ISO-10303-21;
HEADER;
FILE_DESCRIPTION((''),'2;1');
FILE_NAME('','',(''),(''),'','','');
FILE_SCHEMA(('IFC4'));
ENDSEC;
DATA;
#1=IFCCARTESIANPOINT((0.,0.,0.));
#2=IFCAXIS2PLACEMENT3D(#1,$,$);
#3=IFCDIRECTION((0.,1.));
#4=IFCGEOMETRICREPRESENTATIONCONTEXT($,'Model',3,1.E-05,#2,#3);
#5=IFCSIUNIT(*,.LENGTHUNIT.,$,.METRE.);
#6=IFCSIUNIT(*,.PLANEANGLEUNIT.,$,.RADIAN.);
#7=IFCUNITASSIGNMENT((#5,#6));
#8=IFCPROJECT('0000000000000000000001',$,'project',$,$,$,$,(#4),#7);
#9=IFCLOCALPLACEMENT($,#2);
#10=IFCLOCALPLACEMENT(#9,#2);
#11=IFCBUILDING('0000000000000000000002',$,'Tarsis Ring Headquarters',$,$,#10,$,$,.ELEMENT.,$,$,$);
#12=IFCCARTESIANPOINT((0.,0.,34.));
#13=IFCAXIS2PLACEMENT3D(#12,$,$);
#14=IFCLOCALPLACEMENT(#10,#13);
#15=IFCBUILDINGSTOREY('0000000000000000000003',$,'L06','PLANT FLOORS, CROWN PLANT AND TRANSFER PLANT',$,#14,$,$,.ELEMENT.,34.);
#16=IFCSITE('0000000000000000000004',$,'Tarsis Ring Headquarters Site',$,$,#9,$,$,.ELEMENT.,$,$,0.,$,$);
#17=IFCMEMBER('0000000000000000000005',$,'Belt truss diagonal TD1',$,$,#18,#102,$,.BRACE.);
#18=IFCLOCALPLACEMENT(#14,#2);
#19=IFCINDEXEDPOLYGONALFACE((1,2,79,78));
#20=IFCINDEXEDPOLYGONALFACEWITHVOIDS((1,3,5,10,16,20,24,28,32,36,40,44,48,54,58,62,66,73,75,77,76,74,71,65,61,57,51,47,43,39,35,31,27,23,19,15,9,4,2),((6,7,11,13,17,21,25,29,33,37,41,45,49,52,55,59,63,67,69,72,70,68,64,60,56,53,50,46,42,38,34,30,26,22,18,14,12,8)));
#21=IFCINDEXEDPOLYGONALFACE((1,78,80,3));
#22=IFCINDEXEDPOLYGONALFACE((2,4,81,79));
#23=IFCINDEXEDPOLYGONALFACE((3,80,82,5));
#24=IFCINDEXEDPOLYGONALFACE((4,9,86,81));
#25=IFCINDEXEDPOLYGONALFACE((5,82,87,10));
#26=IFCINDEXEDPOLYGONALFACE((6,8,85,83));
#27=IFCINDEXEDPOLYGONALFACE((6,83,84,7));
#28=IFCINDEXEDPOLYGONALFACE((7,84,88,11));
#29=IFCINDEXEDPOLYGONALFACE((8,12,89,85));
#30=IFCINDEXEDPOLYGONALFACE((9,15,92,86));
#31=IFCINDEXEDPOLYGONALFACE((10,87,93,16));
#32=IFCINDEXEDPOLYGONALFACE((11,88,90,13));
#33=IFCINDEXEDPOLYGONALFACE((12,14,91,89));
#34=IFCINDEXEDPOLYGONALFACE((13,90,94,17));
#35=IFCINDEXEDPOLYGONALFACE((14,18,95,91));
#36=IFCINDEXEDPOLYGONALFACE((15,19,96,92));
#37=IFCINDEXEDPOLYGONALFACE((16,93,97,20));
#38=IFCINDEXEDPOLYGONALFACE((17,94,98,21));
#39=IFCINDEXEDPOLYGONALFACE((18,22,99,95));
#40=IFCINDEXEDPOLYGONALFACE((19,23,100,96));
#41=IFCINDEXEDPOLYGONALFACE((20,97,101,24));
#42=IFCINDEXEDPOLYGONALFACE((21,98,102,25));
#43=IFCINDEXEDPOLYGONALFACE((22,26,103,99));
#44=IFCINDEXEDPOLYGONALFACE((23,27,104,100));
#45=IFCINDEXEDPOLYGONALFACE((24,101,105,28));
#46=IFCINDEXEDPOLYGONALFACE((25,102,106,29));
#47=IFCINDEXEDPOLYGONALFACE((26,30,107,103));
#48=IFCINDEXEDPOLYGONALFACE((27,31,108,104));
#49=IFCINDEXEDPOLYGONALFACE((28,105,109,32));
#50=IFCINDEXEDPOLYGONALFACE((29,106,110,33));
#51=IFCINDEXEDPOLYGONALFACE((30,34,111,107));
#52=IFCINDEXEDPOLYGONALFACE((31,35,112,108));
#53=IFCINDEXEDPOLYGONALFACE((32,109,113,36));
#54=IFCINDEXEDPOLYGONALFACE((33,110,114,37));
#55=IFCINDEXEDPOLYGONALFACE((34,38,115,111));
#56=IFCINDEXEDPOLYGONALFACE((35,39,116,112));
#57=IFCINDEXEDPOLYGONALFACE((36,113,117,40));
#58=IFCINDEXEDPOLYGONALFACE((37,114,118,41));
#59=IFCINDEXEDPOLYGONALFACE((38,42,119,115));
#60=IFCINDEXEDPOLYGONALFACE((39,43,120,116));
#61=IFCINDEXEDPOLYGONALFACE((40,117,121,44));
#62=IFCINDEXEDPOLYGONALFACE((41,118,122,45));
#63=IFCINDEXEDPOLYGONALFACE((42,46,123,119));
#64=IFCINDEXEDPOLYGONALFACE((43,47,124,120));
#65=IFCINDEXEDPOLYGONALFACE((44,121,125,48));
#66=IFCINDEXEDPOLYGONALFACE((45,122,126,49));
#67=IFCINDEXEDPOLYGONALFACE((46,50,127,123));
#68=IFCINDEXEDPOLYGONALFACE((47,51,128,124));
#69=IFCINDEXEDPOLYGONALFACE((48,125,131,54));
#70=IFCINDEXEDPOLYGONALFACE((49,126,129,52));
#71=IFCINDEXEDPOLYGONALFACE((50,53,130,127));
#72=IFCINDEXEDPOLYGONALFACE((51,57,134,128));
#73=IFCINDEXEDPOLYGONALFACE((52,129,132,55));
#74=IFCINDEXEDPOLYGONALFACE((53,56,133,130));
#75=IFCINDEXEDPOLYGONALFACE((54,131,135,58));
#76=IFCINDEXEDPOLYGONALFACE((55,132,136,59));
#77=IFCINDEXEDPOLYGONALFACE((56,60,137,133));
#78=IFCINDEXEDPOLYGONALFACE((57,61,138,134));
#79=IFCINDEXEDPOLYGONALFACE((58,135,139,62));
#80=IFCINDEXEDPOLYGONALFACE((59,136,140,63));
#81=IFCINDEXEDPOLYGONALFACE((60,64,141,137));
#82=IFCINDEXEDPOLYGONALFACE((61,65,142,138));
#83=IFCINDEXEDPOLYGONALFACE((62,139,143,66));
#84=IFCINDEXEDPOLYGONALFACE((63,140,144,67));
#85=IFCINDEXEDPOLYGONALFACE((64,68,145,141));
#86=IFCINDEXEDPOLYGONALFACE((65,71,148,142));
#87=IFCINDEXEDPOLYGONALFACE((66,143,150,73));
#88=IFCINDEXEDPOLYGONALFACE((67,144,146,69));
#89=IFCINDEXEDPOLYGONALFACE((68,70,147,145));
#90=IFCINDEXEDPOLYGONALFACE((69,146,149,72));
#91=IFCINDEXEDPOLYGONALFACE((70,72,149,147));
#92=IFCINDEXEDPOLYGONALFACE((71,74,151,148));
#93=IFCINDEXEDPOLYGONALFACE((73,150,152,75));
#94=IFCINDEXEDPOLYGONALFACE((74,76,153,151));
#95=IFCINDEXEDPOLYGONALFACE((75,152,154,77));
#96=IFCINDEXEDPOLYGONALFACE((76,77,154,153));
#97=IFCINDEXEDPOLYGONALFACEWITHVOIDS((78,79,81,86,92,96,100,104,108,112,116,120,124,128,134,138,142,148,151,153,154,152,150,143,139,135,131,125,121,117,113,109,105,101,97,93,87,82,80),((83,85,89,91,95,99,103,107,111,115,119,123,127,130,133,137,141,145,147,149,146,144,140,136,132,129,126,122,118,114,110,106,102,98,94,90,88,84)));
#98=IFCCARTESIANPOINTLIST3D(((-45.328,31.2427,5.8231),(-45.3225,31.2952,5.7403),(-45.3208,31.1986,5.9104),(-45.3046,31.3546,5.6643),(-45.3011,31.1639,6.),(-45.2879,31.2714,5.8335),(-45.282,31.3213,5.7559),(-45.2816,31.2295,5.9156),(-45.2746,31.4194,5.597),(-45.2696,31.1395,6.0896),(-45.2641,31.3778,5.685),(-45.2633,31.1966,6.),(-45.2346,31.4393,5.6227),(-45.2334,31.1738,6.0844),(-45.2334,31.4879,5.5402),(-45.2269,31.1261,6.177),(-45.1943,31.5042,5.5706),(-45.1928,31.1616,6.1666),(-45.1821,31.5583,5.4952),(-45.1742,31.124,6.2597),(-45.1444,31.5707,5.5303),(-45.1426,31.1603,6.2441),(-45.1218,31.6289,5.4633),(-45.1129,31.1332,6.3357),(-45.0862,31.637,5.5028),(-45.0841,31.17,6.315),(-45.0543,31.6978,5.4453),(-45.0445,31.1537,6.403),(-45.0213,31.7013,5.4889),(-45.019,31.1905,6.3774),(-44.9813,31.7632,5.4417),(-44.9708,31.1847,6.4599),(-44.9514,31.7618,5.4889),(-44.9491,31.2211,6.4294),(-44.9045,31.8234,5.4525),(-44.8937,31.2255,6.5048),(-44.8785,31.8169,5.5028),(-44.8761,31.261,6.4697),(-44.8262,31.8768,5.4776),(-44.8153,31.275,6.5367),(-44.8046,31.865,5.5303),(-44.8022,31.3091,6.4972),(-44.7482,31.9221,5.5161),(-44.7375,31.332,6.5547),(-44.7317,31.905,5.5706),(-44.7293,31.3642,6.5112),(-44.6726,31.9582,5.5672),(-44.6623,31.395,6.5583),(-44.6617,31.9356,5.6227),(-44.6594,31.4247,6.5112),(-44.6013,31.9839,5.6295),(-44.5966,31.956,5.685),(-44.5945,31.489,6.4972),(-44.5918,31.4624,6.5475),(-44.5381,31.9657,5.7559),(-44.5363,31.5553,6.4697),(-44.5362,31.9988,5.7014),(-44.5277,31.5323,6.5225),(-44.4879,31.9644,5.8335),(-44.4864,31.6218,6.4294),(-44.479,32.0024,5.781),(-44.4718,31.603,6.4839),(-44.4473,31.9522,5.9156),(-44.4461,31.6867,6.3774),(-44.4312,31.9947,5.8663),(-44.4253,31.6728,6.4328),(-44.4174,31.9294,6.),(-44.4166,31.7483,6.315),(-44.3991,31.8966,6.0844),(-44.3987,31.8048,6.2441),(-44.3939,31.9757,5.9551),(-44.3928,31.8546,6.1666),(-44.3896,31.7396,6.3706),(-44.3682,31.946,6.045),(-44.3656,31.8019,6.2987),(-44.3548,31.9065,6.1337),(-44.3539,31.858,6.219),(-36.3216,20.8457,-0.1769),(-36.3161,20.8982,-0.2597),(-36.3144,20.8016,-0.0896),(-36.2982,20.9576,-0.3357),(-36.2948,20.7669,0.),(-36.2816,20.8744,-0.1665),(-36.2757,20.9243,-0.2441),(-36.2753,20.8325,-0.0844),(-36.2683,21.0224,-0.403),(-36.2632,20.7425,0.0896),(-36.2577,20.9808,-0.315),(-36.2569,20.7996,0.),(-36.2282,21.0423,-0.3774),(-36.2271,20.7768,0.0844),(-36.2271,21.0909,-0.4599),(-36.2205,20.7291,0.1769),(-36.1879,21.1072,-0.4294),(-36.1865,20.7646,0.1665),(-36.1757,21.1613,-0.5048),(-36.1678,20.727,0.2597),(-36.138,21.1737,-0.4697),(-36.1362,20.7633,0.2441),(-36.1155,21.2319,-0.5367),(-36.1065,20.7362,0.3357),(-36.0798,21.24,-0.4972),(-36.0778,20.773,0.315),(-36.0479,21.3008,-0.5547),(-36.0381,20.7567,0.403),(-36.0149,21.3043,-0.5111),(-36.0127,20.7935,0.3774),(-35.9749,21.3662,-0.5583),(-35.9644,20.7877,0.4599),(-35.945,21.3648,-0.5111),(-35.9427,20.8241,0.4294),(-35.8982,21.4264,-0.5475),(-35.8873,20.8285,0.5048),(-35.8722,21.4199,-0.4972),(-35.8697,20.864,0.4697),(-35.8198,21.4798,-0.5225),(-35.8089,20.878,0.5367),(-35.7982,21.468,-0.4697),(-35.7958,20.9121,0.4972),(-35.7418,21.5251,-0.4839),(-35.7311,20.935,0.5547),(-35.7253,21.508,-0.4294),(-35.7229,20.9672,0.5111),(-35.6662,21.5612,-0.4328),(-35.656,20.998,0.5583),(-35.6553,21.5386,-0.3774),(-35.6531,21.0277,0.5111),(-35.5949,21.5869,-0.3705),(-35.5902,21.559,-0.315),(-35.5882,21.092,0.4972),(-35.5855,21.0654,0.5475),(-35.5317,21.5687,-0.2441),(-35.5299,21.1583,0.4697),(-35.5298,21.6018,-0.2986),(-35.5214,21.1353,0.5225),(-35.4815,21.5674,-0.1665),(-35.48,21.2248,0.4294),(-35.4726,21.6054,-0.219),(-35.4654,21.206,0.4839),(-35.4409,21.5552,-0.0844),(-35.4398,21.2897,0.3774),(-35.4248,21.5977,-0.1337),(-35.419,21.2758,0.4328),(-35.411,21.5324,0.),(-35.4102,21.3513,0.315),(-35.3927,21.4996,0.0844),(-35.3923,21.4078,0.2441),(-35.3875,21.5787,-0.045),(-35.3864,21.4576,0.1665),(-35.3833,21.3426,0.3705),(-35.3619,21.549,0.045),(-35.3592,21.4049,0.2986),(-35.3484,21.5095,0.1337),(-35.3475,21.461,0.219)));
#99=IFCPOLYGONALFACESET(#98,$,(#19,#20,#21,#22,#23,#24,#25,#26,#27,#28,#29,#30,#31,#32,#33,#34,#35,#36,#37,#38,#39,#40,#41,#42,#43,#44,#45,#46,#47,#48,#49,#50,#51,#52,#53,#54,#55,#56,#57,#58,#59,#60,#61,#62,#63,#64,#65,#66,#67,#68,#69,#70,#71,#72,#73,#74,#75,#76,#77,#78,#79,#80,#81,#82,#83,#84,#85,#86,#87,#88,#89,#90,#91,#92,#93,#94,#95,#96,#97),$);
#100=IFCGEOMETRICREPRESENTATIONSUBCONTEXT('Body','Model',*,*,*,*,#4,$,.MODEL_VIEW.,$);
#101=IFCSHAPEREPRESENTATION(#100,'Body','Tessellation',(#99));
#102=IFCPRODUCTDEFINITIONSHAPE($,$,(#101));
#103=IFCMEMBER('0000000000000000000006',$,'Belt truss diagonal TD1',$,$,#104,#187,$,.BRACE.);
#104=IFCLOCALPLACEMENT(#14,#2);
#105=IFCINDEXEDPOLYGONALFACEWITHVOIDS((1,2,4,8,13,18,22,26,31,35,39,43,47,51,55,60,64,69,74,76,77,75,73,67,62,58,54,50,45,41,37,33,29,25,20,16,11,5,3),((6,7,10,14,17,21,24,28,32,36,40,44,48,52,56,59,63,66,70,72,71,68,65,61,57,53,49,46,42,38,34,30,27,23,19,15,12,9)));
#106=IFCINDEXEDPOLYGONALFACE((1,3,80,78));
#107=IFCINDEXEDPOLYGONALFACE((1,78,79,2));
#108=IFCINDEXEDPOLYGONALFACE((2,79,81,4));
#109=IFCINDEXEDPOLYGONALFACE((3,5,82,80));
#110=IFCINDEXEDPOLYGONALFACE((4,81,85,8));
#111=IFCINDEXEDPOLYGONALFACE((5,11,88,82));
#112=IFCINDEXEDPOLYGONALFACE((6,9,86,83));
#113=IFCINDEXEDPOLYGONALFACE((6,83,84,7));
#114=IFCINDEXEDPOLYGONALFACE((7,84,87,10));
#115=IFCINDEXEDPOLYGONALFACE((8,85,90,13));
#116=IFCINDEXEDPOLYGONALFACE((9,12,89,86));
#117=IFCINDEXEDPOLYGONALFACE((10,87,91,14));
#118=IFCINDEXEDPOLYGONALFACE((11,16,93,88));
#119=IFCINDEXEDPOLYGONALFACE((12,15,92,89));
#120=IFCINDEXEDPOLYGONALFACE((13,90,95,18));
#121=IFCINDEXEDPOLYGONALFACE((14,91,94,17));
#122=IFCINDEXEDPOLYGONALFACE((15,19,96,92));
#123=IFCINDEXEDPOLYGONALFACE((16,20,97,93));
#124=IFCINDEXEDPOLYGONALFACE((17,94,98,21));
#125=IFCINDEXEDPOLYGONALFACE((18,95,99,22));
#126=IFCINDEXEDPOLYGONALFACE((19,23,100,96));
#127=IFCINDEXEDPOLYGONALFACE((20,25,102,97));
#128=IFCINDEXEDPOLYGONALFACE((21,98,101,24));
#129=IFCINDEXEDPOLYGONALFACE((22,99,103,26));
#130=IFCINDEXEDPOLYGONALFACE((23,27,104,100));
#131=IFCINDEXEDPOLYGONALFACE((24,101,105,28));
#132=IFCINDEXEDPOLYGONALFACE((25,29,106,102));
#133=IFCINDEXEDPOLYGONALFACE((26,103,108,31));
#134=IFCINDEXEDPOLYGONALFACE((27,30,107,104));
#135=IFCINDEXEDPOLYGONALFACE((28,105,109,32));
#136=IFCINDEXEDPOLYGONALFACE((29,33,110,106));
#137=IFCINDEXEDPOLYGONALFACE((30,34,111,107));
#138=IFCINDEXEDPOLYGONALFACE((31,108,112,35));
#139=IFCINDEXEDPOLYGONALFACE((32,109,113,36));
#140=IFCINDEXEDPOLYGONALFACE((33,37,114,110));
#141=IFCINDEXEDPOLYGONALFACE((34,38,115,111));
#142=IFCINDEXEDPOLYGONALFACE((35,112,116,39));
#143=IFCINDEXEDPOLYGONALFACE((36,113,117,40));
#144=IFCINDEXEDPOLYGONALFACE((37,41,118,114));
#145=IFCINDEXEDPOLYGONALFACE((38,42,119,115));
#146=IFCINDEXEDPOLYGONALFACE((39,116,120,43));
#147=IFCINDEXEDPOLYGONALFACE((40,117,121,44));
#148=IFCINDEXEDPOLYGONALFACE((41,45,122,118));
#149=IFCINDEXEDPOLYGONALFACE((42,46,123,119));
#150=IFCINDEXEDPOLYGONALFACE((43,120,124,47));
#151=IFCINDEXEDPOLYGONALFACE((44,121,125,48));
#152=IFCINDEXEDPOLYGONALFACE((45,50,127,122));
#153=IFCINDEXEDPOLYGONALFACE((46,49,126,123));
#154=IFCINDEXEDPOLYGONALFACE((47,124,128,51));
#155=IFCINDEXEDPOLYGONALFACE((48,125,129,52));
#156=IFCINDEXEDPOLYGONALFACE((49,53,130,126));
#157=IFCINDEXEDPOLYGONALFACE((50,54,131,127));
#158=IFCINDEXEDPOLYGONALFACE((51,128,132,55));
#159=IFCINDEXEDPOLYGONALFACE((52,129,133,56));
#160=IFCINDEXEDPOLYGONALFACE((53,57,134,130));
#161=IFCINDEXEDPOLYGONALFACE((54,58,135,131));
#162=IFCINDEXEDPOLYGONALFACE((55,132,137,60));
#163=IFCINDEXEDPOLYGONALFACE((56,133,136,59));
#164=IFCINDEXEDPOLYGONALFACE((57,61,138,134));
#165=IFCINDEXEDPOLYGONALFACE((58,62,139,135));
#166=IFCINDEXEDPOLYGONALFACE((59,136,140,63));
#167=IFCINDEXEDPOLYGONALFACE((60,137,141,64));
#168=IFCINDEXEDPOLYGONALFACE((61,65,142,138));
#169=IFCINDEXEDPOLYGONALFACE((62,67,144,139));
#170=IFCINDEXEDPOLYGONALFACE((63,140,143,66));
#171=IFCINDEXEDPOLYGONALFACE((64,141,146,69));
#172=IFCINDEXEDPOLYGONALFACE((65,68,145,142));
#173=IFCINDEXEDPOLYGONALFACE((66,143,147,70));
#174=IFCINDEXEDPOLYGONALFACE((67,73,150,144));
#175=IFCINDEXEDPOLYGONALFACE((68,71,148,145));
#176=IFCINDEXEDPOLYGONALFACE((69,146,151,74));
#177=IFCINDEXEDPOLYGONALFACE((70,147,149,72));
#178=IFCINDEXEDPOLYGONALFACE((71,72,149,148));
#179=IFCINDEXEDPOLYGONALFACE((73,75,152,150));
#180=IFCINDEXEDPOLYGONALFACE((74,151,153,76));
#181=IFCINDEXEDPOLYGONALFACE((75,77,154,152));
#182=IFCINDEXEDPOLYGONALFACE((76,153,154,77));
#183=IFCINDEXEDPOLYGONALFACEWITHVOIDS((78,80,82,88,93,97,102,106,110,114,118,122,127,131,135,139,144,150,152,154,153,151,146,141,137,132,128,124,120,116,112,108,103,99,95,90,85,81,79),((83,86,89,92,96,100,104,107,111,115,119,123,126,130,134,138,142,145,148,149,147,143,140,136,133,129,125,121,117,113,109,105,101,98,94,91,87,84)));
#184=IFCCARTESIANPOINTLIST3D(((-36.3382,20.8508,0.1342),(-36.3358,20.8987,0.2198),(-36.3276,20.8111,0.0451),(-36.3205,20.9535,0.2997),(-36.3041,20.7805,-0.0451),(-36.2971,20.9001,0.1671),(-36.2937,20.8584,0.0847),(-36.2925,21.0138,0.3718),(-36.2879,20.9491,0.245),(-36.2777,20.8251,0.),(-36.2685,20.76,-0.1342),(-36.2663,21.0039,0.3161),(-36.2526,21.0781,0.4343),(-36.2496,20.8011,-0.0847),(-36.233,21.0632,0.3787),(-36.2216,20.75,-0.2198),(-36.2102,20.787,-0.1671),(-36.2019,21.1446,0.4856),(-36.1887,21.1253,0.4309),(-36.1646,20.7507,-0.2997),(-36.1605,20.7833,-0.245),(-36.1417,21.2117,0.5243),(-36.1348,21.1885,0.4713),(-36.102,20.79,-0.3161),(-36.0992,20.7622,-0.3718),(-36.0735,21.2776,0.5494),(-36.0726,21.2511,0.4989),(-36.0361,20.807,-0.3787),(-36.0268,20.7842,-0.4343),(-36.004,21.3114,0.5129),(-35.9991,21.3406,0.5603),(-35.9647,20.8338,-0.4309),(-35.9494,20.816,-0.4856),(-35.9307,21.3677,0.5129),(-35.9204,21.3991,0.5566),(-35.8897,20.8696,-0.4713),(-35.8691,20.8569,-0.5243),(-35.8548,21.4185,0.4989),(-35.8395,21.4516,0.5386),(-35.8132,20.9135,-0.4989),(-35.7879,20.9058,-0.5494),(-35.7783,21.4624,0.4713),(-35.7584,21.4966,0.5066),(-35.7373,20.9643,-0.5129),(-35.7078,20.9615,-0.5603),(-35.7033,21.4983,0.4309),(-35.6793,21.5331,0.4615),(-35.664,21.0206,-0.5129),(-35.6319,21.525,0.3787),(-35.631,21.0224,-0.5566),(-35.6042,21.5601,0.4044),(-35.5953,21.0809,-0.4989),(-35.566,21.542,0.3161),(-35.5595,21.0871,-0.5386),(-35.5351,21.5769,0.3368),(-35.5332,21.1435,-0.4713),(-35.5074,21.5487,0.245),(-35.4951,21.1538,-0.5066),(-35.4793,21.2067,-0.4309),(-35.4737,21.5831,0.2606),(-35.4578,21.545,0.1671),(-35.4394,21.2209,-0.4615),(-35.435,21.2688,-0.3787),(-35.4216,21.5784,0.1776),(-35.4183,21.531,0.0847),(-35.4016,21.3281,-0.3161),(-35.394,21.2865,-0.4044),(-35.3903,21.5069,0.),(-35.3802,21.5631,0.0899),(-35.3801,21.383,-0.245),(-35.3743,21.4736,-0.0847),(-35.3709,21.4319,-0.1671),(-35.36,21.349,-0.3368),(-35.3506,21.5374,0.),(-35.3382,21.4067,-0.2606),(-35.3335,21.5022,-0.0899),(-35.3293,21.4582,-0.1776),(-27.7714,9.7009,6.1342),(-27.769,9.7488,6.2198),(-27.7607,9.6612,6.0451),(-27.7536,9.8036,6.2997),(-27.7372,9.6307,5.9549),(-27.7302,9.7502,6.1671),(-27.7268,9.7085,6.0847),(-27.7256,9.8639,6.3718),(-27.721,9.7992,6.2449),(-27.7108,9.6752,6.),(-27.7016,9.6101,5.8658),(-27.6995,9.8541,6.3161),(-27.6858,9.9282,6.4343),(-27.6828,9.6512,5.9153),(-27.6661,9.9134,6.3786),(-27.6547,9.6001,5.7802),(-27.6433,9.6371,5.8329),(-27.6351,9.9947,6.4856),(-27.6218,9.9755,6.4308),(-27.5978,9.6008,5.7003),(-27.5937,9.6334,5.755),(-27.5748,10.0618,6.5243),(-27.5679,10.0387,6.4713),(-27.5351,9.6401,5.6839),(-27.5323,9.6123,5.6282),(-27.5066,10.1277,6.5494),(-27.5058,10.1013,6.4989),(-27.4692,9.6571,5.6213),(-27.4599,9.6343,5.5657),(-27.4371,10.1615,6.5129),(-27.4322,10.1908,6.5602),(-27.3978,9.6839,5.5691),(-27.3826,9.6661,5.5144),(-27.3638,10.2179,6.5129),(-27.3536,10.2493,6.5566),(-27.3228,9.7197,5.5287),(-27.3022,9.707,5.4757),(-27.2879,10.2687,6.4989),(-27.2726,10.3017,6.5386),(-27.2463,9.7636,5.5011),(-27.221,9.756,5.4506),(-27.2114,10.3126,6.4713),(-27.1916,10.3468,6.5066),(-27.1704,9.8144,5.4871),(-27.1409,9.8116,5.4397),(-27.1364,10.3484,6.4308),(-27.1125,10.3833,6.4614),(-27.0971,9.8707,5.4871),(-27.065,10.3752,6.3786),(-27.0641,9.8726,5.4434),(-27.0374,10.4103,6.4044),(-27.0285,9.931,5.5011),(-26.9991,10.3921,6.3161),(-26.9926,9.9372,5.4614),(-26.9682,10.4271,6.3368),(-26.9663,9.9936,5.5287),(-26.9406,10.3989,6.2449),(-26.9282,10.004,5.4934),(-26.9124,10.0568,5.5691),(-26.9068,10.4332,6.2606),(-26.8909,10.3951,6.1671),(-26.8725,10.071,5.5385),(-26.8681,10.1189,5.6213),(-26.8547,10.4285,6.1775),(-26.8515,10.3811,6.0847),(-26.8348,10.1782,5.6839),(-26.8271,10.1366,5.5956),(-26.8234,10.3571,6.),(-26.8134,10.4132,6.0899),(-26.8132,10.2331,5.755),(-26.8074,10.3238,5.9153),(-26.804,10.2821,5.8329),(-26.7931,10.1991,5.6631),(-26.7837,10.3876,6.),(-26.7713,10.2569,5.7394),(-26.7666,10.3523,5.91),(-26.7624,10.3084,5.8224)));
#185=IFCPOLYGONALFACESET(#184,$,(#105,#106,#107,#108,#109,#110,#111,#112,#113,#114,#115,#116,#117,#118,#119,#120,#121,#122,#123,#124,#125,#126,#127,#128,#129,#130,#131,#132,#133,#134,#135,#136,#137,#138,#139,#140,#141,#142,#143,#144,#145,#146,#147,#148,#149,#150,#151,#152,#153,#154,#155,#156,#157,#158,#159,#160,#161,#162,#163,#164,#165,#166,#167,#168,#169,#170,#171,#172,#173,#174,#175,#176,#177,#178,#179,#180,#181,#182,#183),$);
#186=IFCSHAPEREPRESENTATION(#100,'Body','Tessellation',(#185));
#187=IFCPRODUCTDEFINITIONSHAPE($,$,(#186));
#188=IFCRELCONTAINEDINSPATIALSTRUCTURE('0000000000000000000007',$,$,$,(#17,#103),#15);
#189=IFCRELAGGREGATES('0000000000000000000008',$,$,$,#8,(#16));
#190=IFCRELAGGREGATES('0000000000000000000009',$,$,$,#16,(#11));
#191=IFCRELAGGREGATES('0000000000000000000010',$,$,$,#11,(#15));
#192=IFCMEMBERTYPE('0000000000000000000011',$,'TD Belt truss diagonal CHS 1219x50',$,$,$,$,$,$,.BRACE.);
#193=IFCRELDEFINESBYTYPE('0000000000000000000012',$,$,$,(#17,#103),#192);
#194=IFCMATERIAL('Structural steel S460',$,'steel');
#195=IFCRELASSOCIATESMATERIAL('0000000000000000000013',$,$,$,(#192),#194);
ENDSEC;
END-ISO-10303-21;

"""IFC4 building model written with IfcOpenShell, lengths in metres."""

from ifc_helpers import new_model, si_unit, direction, frame, origin, origin_2d, place, context, subcontext, project, spatial, hollow_circle, extrude, material, material_profile, profile_set, type_object, element, save


model = new_model("IFC4")

# Units and contexts
model_context = context("Model", 3, precision=1e-05, world=origin(), true_north=direction((0.0, 1.0)))
body_context = subcontext(model_context, "Body", "Model", "MODEL_VIEW")
ifc_project = project(units=[si_unit("LENGTHUNIT", "METRE"), si_unit("PLANEANGLEUNIT", "RADIAN")], contexts=[model_context])

# Site, building, storey
site_placement = place(None, origin())
site = spatial("IfcSite", under=ifc_project, at=site_placement, Name="Tarsis Ring Headquarters Site", CompositionType="ELEMENT", RefElevation=0.0)
building_placement = place(site_placement, origin())
building = spatial("IfcBuilding", under=site, at=building_placement, Name="Tarsis Ring Headquarters", CompositionType="ELEMENT")
storey_placement = place(building_placement, frame((0.0, 0.0, 34.0)))
storey = spatial("IfcBuildingStorey", under=building, at=storey_placement, Name="L06", Description="PLANT FLOORS, CROWN PLANT AND TRANSFER PLANT", CompositionType="ELEMENT", Elevation=34.0)

# Shared definitions
ifc_material_1 = material(Name="Structural steel S460", Category="steel")
ifc_material_profile_1 = material_profile(ifc_material_1, hollow_circle(Radius=0.6096, WallThickness=0.05, at=origin_2d()), Name="CHS 1219x50")
ifc_profile_set_1 = profile_set([ifc_material_profile_1], Name="Structural steel S460")

# Members
member_type_1 = type_object("IfcMemberType", Name="TD Belt truss diagonal CHS 1219x50", PredefinedType="BRACE", material=ifc_profile_set_1)
member_1_placement = place(storey_placement, frame((-35.834, 21.166, 0.0), z_axis=(-0.600141, 0.692806, 0.399812), x_axis=(-0.755846, -0.654749, 0.0)))
element("IfcMember", 1, at=member_1_placement, inside=storey, type_object=member_type_1, Name="Belt truss diagonal TD1", PredefinedType="BRACE", context=body_context, shape_type="SweptSolid", body=[
    extrude(hollow_circle(Radius=0.6096, WallThickness=0.05, at=origin_2d()), origin(), (0.0, 0.0, 1.0), 15.0071),
])
member_2_placement = place(storey_placement, frame((-35.834, 21.166, 0.0), z_axis=(0.56038, -0.729341, 0.392474), x_axis=(0.792966, 0.609266, 0.0)))
element("IfcMember", 2, at=member_2_placement, inside=storey, type_object=member_type_1, Name="Belt truss diagonal TD1", PredefinedType="BRACE", context=body_context, shape_type="SweptSolid", body=[
    extrude(hollow_circle(Radius=0.6096, WallThickness=0.05, at=origin_2d()), origin(), (0.0, 0.0, 1.0), 15.2876),
])

save(model, "model.ifc")
